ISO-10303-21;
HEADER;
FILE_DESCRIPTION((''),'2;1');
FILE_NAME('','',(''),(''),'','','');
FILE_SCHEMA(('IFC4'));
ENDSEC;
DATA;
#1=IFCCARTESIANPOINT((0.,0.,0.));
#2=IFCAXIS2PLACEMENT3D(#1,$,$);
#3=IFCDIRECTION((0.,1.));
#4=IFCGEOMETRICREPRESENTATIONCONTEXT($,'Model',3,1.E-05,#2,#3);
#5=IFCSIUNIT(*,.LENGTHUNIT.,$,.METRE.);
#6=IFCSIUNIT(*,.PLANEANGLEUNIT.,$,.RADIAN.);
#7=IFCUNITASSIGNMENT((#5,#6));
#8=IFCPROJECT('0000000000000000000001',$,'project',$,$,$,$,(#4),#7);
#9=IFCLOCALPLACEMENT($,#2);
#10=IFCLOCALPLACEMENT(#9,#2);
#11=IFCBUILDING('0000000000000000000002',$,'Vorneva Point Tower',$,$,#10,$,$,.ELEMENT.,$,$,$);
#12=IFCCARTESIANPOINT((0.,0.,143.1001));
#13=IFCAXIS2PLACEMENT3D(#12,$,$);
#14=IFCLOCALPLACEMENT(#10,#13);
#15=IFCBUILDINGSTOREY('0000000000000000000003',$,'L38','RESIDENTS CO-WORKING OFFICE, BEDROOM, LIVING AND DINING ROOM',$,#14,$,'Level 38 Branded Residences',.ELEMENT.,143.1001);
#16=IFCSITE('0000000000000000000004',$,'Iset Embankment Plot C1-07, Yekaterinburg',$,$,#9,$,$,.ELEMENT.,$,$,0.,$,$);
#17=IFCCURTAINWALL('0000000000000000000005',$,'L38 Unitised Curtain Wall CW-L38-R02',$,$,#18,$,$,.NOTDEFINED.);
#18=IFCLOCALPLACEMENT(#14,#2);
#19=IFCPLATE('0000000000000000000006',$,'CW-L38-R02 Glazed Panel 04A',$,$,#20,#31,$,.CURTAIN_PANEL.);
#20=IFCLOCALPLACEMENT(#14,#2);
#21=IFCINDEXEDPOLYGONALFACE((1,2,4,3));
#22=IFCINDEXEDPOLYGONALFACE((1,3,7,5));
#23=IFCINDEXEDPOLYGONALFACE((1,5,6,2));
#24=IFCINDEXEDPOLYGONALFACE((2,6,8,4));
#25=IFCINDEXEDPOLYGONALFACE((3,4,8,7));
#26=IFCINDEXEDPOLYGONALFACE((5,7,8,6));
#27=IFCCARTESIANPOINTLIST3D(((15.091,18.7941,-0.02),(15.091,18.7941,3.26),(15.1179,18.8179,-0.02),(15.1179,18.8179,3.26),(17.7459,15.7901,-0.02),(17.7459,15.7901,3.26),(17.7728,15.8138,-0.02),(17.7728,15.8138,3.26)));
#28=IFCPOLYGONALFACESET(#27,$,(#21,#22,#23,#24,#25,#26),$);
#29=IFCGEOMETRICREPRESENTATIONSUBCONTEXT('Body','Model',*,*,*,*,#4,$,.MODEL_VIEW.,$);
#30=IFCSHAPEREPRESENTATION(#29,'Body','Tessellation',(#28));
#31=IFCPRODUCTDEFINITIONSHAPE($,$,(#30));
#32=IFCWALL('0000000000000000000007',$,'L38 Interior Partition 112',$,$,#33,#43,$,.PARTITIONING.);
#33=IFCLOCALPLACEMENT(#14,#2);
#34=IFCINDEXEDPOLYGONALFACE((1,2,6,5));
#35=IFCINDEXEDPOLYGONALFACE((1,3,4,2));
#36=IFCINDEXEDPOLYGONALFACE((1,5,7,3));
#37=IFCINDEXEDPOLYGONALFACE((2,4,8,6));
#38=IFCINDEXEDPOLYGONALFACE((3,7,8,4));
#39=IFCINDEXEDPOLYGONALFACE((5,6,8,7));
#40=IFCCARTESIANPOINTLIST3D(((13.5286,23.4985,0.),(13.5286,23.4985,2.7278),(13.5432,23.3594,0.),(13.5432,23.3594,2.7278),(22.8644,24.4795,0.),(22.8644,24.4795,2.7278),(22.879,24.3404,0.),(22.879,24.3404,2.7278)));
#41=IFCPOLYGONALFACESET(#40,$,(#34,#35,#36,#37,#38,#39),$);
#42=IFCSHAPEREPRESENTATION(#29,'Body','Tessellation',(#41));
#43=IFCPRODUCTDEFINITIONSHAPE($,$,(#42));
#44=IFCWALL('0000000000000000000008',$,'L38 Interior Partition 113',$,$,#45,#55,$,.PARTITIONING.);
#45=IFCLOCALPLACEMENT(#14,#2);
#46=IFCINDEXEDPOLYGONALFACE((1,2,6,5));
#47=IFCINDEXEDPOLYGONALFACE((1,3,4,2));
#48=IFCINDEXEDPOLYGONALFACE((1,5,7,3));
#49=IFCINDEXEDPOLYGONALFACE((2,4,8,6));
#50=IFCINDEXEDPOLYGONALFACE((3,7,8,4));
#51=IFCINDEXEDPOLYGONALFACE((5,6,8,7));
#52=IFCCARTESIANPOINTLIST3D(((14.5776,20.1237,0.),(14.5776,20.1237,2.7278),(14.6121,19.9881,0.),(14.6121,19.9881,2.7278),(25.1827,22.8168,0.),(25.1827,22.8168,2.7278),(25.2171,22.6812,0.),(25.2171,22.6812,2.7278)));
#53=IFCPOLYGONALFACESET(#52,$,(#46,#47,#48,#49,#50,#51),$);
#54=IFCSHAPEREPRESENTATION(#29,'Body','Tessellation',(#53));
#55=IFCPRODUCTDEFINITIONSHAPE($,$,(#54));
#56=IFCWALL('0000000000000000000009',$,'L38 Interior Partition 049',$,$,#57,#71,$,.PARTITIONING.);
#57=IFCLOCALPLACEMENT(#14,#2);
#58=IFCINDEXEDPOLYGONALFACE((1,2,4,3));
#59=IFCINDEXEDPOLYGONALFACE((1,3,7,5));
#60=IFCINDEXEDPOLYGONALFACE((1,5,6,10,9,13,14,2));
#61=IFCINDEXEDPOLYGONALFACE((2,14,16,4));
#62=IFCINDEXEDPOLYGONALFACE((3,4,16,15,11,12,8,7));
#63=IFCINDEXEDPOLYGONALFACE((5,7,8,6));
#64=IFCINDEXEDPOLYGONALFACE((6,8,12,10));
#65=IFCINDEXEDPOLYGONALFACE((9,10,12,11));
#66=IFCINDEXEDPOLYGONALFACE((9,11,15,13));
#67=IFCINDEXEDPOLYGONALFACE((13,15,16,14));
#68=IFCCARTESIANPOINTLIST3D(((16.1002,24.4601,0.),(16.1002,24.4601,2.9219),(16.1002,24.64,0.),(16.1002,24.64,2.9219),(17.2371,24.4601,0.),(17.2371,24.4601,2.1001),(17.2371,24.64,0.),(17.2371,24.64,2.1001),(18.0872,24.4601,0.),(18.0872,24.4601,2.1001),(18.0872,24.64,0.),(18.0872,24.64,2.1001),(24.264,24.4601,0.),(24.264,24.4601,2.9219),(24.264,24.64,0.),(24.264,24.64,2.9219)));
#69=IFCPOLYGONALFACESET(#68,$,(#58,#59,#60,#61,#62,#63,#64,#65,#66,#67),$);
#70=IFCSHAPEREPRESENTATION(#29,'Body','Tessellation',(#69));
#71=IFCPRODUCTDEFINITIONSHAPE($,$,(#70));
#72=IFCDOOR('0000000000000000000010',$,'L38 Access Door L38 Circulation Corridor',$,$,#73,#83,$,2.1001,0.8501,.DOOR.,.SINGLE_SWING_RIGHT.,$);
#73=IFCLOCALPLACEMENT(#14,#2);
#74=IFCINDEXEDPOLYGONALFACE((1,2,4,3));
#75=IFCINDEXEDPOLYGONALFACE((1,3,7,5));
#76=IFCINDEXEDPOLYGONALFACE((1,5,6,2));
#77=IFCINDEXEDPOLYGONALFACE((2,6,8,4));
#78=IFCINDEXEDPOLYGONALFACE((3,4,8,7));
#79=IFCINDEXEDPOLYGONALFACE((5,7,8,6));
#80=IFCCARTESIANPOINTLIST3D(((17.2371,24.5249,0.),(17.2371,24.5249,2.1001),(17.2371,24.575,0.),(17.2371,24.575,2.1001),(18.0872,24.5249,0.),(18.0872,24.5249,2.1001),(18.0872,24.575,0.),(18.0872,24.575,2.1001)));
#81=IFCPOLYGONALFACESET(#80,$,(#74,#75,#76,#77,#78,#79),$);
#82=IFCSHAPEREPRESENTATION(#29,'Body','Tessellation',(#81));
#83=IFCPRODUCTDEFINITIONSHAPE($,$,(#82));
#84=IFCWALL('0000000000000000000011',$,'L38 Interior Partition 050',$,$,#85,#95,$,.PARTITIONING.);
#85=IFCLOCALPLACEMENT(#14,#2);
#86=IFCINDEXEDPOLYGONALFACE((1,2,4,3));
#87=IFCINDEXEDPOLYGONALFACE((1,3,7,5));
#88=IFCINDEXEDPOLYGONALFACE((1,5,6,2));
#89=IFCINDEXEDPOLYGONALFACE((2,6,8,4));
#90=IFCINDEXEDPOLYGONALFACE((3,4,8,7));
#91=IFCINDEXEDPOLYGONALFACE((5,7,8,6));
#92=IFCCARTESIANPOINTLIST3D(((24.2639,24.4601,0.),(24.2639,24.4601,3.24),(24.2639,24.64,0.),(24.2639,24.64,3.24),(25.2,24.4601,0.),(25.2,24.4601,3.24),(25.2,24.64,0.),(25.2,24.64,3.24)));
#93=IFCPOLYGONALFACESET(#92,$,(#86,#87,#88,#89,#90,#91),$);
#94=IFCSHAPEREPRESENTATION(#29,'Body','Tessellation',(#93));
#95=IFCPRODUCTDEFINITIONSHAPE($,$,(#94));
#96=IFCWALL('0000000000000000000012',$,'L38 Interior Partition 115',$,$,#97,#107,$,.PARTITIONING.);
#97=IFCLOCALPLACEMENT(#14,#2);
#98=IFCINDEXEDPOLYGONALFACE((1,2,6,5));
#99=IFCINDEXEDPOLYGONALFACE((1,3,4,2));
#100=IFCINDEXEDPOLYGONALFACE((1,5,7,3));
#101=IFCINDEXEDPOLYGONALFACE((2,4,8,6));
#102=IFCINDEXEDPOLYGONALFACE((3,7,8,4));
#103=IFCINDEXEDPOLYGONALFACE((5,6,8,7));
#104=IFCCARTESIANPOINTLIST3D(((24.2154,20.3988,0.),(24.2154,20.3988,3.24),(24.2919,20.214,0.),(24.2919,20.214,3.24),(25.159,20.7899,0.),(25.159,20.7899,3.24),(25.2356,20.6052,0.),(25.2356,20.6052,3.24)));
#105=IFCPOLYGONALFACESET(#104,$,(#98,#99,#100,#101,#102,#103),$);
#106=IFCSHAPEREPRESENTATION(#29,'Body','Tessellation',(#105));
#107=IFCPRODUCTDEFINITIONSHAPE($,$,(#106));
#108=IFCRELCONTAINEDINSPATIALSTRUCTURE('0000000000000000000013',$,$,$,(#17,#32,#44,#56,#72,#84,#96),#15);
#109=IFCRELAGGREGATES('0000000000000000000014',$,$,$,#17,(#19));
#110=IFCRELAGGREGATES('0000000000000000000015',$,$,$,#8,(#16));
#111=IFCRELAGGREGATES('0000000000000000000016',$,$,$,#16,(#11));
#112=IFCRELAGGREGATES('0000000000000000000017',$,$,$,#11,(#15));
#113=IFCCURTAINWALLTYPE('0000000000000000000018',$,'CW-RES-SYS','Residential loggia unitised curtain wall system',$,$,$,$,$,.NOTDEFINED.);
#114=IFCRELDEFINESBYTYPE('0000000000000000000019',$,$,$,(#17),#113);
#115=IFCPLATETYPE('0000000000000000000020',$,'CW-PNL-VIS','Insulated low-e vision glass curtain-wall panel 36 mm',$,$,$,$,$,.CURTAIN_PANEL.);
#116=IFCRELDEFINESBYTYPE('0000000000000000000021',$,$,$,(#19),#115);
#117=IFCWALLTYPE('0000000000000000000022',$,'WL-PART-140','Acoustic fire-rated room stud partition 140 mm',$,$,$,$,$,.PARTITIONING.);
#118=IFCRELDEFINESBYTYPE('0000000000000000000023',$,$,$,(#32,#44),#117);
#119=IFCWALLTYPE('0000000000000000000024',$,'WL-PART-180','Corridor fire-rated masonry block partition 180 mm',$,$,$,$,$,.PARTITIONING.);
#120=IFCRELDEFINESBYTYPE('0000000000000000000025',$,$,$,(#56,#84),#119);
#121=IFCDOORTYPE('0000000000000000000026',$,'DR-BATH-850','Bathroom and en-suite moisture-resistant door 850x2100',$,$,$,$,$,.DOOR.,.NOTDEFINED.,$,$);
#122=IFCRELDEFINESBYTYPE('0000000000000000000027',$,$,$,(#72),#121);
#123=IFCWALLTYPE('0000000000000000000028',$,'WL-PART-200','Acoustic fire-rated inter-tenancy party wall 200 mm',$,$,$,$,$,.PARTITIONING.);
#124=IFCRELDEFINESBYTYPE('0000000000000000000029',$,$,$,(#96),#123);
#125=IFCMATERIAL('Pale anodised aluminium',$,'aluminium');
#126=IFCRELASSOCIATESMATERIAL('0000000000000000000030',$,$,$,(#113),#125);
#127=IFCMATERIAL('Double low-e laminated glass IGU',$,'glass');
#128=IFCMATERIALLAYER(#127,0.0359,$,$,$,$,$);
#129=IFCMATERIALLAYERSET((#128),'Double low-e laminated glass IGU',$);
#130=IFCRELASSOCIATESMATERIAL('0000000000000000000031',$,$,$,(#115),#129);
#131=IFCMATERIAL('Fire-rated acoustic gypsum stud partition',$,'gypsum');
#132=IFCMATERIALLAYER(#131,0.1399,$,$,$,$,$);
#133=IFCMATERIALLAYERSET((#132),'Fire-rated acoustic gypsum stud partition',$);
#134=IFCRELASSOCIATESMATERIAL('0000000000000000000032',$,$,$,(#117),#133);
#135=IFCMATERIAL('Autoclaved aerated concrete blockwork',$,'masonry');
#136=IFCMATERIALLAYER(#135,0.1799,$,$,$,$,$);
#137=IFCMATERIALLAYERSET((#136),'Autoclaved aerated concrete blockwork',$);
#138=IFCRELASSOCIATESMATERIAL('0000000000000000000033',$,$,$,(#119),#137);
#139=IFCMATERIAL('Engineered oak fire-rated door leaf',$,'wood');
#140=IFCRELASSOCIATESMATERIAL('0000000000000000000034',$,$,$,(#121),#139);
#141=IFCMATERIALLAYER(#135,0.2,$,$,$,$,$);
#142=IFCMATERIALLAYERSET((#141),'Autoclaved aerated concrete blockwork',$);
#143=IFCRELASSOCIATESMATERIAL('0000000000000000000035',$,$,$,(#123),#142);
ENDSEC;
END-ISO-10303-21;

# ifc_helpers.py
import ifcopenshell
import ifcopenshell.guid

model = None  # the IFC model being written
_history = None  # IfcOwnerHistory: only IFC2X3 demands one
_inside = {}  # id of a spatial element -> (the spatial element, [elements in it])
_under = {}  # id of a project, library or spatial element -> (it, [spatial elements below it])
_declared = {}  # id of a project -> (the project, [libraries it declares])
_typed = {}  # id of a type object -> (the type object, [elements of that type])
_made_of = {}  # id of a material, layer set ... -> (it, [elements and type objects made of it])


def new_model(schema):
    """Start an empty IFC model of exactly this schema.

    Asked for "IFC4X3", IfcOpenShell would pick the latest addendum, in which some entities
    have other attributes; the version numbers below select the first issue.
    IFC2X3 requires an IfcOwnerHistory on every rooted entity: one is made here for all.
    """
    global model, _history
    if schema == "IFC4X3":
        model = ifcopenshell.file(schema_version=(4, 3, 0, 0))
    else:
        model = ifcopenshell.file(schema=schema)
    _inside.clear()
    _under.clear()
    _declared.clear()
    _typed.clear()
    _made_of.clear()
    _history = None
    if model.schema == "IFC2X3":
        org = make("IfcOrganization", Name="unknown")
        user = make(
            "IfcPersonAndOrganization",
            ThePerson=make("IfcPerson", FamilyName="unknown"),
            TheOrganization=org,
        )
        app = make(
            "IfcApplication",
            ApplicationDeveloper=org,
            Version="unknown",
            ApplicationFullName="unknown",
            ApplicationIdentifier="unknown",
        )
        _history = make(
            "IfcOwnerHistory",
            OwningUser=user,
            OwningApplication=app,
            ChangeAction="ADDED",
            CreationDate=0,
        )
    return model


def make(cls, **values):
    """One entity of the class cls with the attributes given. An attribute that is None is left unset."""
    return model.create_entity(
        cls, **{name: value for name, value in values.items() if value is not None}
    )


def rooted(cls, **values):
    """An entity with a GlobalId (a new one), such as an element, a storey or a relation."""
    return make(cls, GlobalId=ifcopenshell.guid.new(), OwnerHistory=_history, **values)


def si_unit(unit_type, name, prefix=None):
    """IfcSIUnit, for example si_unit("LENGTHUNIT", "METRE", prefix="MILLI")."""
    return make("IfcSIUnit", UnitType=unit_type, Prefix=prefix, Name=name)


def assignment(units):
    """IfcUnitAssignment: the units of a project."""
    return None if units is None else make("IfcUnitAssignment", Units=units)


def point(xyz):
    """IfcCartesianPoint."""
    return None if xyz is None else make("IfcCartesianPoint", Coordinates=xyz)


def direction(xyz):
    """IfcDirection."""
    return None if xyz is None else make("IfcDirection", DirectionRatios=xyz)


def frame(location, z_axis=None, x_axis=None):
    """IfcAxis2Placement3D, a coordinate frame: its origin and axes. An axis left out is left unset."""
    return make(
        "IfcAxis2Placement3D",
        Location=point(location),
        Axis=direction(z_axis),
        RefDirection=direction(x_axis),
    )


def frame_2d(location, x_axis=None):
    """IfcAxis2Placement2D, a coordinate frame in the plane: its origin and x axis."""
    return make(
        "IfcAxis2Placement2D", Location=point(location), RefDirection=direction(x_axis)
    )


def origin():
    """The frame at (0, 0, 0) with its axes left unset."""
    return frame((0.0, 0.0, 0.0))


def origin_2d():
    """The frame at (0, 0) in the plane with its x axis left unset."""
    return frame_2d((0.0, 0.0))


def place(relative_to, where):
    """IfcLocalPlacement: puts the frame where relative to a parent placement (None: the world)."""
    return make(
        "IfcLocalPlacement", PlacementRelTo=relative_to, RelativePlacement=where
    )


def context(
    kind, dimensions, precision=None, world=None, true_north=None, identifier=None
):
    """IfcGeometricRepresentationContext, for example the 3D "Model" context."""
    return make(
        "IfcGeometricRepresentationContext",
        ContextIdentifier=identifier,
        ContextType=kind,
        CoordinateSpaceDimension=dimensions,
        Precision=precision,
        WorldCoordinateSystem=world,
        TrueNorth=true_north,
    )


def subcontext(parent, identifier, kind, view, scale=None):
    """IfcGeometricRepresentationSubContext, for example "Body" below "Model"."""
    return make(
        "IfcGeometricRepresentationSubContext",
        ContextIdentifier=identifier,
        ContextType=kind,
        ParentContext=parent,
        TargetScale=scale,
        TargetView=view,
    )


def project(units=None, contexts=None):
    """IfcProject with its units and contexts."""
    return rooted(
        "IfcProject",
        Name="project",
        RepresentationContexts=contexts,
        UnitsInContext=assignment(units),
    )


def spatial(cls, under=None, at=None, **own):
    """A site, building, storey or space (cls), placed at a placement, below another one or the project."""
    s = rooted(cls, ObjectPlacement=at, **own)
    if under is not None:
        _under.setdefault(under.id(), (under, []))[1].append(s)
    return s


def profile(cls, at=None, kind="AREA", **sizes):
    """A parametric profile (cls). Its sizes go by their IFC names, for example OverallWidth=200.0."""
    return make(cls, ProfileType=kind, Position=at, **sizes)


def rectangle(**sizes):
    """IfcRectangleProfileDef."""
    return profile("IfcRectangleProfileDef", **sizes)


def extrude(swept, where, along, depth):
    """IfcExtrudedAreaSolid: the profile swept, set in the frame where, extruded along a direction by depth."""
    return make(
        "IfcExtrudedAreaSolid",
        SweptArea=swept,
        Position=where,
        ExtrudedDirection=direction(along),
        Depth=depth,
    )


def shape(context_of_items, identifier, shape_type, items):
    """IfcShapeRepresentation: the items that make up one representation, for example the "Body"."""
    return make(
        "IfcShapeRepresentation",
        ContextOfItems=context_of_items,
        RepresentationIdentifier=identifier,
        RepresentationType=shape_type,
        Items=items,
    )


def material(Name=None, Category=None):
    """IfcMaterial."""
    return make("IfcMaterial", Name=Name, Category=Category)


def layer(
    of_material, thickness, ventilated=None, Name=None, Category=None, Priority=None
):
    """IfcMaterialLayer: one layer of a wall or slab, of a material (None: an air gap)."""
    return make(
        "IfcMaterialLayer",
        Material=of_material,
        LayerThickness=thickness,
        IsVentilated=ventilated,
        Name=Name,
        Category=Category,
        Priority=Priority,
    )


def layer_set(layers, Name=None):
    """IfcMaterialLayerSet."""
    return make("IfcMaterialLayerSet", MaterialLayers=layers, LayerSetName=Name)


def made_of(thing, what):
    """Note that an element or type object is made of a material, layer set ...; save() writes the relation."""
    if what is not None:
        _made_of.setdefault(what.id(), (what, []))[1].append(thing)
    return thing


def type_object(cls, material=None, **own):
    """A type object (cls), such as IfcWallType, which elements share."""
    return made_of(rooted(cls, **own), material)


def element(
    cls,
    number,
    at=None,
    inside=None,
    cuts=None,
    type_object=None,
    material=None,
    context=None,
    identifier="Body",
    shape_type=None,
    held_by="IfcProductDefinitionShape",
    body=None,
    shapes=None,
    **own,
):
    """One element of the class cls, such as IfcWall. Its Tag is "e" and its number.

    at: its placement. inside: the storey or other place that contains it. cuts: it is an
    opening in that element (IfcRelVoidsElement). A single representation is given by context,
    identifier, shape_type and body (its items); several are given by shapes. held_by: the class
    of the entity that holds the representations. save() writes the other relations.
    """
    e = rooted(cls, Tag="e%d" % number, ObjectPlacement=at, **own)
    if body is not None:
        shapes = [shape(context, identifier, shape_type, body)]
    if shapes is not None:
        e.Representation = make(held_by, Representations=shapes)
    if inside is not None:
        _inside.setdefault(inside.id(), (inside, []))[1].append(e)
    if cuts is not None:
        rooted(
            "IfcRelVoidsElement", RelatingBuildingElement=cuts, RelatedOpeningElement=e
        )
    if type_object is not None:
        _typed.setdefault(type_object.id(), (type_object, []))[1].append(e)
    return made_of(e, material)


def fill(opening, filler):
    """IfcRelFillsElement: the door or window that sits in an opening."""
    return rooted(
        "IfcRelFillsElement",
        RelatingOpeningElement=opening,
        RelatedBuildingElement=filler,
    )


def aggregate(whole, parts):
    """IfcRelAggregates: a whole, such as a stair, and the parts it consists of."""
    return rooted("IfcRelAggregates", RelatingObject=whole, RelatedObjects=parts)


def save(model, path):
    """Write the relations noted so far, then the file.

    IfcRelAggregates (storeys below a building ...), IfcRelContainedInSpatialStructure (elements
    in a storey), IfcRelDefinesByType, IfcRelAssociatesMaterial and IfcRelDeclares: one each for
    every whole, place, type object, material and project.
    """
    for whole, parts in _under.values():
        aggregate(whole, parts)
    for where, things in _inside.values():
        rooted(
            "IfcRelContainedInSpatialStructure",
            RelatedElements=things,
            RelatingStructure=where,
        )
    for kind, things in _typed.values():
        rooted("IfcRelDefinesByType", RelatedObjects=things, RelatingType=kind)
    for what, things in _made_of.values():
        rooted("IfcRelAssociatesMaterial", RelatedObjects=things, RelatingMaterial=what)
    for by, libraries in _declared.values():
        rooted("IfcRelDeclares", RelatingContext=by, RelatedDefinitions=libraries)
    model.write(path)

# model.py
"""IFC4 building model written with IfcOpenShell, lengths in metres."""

from ifc_helpers import new_model, si_unit, direction, frame, frame_2d, origin, origin_2d, place, context, subcontext, project, spatial, rectangle, extrude, material, layer, layer_set, type_object, element, fill, aggregate, save


model = new_model("IFC4")

# Units and contexts
model_context = context("Model", 3, precision=1e-05, world=origin(), true_north=direction((0.0, 1.0)))
body_context = subcontext(model_context, "Body", "Model", "MODEL_VIEW")
ifc_project = project(units=[si_unit("LENGTHUNIT", "METRE"), si_unit("PLANEANGLEUNIT", "RADIAN")], contexts=[model_context])

# Site, building, storey
site_placement = place(None, origin())
site = spatial("IfcSite", under=ifc_project, at=site_placement, Name="Iset Embankment Plot C1-07, Yekaterinburg", CompositionType="ELEMENT", RefElevation=0.0)
building_placement = place(site_placement, origin())
building = spatial("IfcBuilding", under=site, at=building_placement, Name="Vorneva Point Tower", CompositionType="ELEMENT")
storey_placement = place(building_placement, frame((0.0, 0.0, 143.1001)))
storey = spatial("IfcBuildingStorey", under=building, at=storey_placement, Name="L38", Description="RESIDENTS CO-WORKING OFFICE, BEDROOM, LIVING AND DINING ROOM", LongName="Level 38 Branded Residences", CompositionType="ELEMENT", Elevation=143.1001)

# Curtain wall, plate
ifc_material_1 = material(Name="Pale anodised aluminium", Category="aluminium")
curtain_wall_type = type_object("IfcCurtainWallType", Name="CW-RES-SYS", Description="Residential loggia unitised curtain wall system", PredefinedType="NOTDEFINED", material=ifc_material_1)
curtain_wall_placement = place(storey_placement, origin())
curtain_wall = element("IfcCurtainWall", 1, at=curtain_wall_placement, inside=storey, type_object=curtain_wall_type, Name="L38 Unitised Curtain Wall CW-L38-R02", PredefinedType="NOTDEFINED")
ifc_material_2 = material(Name="Double low-e laminated glass IGU", Category="glass")
ifc_layer_1 = layer(ifc_material_2, 0.0359)
ifc_layer_set_1 = layer_set([ifc_layer_1], Name="Double low-e laminated glass IGU")
plate_type = type_object("IfcPlateType", Name="CW-PNL-VIS", Description="Insulated low-e vision glass curtain-wall panel 36 mm", PredefinedType="CURTAIN_PANEL", material=ifc_layer_set_1)
plate_1_placement = place(storey_placement, frame((16.4319, 17.304, -0.02), z_axis=(0.0, 0.0, 1.0), x_axis=(0.662215, -0.749314, 0.0)))
plate_1 = element("IfcPlate", 2, at=plate_1_placement, type_object=plate_type, Name="CW-L38-R02 Glazed Panel 04A", PredefinedType="CURTAIN_PANEL", context=body_context, shape_type="SweptSolid", body=[
    extrude(rectangle(XDim=4.009, YDim=0.0359, at=origin_2d()), origin(), (0.0, 0.0, 1.0), 3.28),
])
aggregate(curtain_wall, [plate_1])

# Walls
ifc_material_3 = material(Name="Fire-rated acoustic gypsum stud partition", Category="gypsum")
ifc_layer_2 = layer(ifc_material_3, 0.1399)
ifc_layer_set_2 = layer_set([ifc_layer_2], Name="Fire-rated acoustic gypsum stud partition")
wall_type_1 = type_object("IfcWallType", Name="WL-PART-140", Description="Acoustic fire-rated room stud partition 140 mm", PredefinedType="PARTITIONING", material=ifc_layer_set_2)
wall_1_placement = place(storey_placement, frame((13.5359, 23.429, 0.0), z_axis=(0.0, 0.0, 1.0), x_axis=(0.994525, 0.104501, 0.0)))
element("IfcWall", 3, at=wall_1_placement, inside=storey, type_object=wall_type_1, Name="L38 Interior Partition 112", PredefinedType="PARTITIONING", context=body_context, shape_type="SweptSolid", body=[
    extrude(rectangle(XDim=9.3872, YDim=0.1399, at=frame_2d((4.6936, 0.0))), origin(), (0.0, 0.0, 1.0), 2.7278),
])
wall_2_placement = place(storey_placement, frame((14.595, 20.0559, 0.0), z_axis=(0.0, 0.0, 1.0), x_axis=(0.969235, 0.246136, 0.0)))
element("IfcWall", 4, at=wall_2_placement, inside=storey, type_object=wall_type_1, Name="L38 Interior Partition 113", PredefinedType="PARTITIONING", context=body_context, shape_type="SweptSolid", body=[
    extrude(rectangle(XDim=10.9417, YDim=0.1399, at=frame_2d((5.4707, 0.0))), origin(), (0.0, 0.0, 1.0), 2.7278),
])

# Wall, opening, door
ifc_material_4 = material(Name="Autoclaved aerated concrete blockwork", Category="masonry")
ifc_layer_3 = layer(ifc_material_4, 0.1799)
ifc_layer_set_3 = layer_set([ifc_layer_3], Name="Autoclaved aerated concrete blockwork")
wall_type_2 = type_object("IfcWallType", Name="WL-PART-180", Description="Corridor fire-rated masonry block partition 180 mm", PredefinedType="PARTITIONING", material=ifc_layer_set_3)
wall_3_placement = place(storey_placement, frame((16.1001, 24.55, 0.0), z_axis=(0.0, 0.0, 1.0), x_axis=(1.0, 0.0, 0.0)))
wall_3 = element("IfcWall", 5, at=wall_3_placement, inside=storey, type_object=wall_type_2, Name="L38 Interior Partition 049", PredefinedType="PARTITIONING", context=body_context, shape_type="SweptSolid", body=[
    extrude(rectangle(XDim=8.1638, YDim=0.1799, at=frame_2d((4.082, 0.0))), origin(), (0.0, 0.0, 1.0), 2.9219),
])
opening_1_placement = place(wall_3_placement, frame((1.137, 0.0, 0.0)))
opening_1 = element("IfcOpeningElement", 6, at=opening_1_placement, cuts=wall_3, PredefinedType="OPENING", context=body_context, shape_type="SweptSolid", body=[
    extrude(rectangle(XDim=0.8501, YDim=2.1001, at=frame_2d((0.425, 1.05))), frame((0.0, 0.105, 0.0), z_axis=(0.0, -1.0, 0.0), x_axis=(1.0, 0.0, 0.0)), (0.0, 0.0, 1.0), 0.2097),
])
ifc_material_5 = material(Name="Engineered oak fire-rated door leaf", Category="wood")
door_type_1 = type_object("IfcDoorType", Name="DR-BATH-850", Description="Bathroom and en-suite moisture-resistant door 850x2100", OperationType="NOTDEFINED", PredefinedType="DOOR", material=ifc_material_5)
door_1_placement = place(opening_1_placement, origin())
door_1 = element("IfcDoor", 7, at=door_1_placement, inside=storey, type_object=door_type_1, Name="L38 Access Door L38 Circulation Corridor", OperationType="SINGLE_SWING_RIGHT", OverallHeight=2.1001, OverallWidth=0.8501, PredefinedType="DOOR", context=body_context, shape_type="SweptSolid", body=[
    extrude(rectangle(XDim=0.8501, YDim=2.1001, at=frame_2d((0.425, 1.05))), frame((0.0, 0.0249, 0.0), z_axis=(0.0, -1.0, 0.0), x_axis=(1.0, 0.0, 0.0)), (0.0, 0.0, 1.0), 0.05),
])
fill(opening_1, door_1)

# Wall
wall_4_placement = place(storey_placement, frame((24.2639, 24.55, 0.0), z_axis=(0.0, 0.0, 1.0), x_axis=(1.0, 0.0, 0.0)))
element("IfcWall", 8, at=wall_4_placement, inside=storey, type_object=wall_type_2, Name="L38 Interior Partition 050", PredefinedType="PARTITIONING", context=body_context, shape_type="SweptSolid", body=[
    extrude(rectangle(XDim=0.936, YDim=0.1799, at=frame_2d((0.468, 0.0))), origin(), (0.0, 0.0, 1.0), 3.24),
])

# Wall
ifc_layer_4 = layer(ifc_material_4, 0.2)
ifc_layer_set_4 = layer_set([ifc_layer_4], Name="Autoclaved aerated concrete blockwork")
wall_type_3 = type_object("IfcWallType", Name="WL-PART-200", Description="Acoustic fire-rated inter-tenancy party wall 200 mm", PredefinedType="PARTITIONING", material=ifc_layer_set_4)
wall_5_placement = place(storey_placement, frame((24.2537, 20.3064, 0.0), z_axis=(0.0, 0.0, 1.0), x_axis=(0.92379, 0.382901, 0.0)))
element("IfcWall", 9, at=wall_5_placement, inside=storey, type_object=wall_type_3, Name="L38 Interior Partition 115", PredefinedType="PARTITIONING", context=body_context, shape_type="SweptSolid", body=[
    extrude(rectangle(XDim=1.0215, YDim=0.2, at=frame_2d((0.5107, 0.0))), origin(), (0.0, 0.0, 1.0), 3.24),
])

save(model, "model.ifc")
